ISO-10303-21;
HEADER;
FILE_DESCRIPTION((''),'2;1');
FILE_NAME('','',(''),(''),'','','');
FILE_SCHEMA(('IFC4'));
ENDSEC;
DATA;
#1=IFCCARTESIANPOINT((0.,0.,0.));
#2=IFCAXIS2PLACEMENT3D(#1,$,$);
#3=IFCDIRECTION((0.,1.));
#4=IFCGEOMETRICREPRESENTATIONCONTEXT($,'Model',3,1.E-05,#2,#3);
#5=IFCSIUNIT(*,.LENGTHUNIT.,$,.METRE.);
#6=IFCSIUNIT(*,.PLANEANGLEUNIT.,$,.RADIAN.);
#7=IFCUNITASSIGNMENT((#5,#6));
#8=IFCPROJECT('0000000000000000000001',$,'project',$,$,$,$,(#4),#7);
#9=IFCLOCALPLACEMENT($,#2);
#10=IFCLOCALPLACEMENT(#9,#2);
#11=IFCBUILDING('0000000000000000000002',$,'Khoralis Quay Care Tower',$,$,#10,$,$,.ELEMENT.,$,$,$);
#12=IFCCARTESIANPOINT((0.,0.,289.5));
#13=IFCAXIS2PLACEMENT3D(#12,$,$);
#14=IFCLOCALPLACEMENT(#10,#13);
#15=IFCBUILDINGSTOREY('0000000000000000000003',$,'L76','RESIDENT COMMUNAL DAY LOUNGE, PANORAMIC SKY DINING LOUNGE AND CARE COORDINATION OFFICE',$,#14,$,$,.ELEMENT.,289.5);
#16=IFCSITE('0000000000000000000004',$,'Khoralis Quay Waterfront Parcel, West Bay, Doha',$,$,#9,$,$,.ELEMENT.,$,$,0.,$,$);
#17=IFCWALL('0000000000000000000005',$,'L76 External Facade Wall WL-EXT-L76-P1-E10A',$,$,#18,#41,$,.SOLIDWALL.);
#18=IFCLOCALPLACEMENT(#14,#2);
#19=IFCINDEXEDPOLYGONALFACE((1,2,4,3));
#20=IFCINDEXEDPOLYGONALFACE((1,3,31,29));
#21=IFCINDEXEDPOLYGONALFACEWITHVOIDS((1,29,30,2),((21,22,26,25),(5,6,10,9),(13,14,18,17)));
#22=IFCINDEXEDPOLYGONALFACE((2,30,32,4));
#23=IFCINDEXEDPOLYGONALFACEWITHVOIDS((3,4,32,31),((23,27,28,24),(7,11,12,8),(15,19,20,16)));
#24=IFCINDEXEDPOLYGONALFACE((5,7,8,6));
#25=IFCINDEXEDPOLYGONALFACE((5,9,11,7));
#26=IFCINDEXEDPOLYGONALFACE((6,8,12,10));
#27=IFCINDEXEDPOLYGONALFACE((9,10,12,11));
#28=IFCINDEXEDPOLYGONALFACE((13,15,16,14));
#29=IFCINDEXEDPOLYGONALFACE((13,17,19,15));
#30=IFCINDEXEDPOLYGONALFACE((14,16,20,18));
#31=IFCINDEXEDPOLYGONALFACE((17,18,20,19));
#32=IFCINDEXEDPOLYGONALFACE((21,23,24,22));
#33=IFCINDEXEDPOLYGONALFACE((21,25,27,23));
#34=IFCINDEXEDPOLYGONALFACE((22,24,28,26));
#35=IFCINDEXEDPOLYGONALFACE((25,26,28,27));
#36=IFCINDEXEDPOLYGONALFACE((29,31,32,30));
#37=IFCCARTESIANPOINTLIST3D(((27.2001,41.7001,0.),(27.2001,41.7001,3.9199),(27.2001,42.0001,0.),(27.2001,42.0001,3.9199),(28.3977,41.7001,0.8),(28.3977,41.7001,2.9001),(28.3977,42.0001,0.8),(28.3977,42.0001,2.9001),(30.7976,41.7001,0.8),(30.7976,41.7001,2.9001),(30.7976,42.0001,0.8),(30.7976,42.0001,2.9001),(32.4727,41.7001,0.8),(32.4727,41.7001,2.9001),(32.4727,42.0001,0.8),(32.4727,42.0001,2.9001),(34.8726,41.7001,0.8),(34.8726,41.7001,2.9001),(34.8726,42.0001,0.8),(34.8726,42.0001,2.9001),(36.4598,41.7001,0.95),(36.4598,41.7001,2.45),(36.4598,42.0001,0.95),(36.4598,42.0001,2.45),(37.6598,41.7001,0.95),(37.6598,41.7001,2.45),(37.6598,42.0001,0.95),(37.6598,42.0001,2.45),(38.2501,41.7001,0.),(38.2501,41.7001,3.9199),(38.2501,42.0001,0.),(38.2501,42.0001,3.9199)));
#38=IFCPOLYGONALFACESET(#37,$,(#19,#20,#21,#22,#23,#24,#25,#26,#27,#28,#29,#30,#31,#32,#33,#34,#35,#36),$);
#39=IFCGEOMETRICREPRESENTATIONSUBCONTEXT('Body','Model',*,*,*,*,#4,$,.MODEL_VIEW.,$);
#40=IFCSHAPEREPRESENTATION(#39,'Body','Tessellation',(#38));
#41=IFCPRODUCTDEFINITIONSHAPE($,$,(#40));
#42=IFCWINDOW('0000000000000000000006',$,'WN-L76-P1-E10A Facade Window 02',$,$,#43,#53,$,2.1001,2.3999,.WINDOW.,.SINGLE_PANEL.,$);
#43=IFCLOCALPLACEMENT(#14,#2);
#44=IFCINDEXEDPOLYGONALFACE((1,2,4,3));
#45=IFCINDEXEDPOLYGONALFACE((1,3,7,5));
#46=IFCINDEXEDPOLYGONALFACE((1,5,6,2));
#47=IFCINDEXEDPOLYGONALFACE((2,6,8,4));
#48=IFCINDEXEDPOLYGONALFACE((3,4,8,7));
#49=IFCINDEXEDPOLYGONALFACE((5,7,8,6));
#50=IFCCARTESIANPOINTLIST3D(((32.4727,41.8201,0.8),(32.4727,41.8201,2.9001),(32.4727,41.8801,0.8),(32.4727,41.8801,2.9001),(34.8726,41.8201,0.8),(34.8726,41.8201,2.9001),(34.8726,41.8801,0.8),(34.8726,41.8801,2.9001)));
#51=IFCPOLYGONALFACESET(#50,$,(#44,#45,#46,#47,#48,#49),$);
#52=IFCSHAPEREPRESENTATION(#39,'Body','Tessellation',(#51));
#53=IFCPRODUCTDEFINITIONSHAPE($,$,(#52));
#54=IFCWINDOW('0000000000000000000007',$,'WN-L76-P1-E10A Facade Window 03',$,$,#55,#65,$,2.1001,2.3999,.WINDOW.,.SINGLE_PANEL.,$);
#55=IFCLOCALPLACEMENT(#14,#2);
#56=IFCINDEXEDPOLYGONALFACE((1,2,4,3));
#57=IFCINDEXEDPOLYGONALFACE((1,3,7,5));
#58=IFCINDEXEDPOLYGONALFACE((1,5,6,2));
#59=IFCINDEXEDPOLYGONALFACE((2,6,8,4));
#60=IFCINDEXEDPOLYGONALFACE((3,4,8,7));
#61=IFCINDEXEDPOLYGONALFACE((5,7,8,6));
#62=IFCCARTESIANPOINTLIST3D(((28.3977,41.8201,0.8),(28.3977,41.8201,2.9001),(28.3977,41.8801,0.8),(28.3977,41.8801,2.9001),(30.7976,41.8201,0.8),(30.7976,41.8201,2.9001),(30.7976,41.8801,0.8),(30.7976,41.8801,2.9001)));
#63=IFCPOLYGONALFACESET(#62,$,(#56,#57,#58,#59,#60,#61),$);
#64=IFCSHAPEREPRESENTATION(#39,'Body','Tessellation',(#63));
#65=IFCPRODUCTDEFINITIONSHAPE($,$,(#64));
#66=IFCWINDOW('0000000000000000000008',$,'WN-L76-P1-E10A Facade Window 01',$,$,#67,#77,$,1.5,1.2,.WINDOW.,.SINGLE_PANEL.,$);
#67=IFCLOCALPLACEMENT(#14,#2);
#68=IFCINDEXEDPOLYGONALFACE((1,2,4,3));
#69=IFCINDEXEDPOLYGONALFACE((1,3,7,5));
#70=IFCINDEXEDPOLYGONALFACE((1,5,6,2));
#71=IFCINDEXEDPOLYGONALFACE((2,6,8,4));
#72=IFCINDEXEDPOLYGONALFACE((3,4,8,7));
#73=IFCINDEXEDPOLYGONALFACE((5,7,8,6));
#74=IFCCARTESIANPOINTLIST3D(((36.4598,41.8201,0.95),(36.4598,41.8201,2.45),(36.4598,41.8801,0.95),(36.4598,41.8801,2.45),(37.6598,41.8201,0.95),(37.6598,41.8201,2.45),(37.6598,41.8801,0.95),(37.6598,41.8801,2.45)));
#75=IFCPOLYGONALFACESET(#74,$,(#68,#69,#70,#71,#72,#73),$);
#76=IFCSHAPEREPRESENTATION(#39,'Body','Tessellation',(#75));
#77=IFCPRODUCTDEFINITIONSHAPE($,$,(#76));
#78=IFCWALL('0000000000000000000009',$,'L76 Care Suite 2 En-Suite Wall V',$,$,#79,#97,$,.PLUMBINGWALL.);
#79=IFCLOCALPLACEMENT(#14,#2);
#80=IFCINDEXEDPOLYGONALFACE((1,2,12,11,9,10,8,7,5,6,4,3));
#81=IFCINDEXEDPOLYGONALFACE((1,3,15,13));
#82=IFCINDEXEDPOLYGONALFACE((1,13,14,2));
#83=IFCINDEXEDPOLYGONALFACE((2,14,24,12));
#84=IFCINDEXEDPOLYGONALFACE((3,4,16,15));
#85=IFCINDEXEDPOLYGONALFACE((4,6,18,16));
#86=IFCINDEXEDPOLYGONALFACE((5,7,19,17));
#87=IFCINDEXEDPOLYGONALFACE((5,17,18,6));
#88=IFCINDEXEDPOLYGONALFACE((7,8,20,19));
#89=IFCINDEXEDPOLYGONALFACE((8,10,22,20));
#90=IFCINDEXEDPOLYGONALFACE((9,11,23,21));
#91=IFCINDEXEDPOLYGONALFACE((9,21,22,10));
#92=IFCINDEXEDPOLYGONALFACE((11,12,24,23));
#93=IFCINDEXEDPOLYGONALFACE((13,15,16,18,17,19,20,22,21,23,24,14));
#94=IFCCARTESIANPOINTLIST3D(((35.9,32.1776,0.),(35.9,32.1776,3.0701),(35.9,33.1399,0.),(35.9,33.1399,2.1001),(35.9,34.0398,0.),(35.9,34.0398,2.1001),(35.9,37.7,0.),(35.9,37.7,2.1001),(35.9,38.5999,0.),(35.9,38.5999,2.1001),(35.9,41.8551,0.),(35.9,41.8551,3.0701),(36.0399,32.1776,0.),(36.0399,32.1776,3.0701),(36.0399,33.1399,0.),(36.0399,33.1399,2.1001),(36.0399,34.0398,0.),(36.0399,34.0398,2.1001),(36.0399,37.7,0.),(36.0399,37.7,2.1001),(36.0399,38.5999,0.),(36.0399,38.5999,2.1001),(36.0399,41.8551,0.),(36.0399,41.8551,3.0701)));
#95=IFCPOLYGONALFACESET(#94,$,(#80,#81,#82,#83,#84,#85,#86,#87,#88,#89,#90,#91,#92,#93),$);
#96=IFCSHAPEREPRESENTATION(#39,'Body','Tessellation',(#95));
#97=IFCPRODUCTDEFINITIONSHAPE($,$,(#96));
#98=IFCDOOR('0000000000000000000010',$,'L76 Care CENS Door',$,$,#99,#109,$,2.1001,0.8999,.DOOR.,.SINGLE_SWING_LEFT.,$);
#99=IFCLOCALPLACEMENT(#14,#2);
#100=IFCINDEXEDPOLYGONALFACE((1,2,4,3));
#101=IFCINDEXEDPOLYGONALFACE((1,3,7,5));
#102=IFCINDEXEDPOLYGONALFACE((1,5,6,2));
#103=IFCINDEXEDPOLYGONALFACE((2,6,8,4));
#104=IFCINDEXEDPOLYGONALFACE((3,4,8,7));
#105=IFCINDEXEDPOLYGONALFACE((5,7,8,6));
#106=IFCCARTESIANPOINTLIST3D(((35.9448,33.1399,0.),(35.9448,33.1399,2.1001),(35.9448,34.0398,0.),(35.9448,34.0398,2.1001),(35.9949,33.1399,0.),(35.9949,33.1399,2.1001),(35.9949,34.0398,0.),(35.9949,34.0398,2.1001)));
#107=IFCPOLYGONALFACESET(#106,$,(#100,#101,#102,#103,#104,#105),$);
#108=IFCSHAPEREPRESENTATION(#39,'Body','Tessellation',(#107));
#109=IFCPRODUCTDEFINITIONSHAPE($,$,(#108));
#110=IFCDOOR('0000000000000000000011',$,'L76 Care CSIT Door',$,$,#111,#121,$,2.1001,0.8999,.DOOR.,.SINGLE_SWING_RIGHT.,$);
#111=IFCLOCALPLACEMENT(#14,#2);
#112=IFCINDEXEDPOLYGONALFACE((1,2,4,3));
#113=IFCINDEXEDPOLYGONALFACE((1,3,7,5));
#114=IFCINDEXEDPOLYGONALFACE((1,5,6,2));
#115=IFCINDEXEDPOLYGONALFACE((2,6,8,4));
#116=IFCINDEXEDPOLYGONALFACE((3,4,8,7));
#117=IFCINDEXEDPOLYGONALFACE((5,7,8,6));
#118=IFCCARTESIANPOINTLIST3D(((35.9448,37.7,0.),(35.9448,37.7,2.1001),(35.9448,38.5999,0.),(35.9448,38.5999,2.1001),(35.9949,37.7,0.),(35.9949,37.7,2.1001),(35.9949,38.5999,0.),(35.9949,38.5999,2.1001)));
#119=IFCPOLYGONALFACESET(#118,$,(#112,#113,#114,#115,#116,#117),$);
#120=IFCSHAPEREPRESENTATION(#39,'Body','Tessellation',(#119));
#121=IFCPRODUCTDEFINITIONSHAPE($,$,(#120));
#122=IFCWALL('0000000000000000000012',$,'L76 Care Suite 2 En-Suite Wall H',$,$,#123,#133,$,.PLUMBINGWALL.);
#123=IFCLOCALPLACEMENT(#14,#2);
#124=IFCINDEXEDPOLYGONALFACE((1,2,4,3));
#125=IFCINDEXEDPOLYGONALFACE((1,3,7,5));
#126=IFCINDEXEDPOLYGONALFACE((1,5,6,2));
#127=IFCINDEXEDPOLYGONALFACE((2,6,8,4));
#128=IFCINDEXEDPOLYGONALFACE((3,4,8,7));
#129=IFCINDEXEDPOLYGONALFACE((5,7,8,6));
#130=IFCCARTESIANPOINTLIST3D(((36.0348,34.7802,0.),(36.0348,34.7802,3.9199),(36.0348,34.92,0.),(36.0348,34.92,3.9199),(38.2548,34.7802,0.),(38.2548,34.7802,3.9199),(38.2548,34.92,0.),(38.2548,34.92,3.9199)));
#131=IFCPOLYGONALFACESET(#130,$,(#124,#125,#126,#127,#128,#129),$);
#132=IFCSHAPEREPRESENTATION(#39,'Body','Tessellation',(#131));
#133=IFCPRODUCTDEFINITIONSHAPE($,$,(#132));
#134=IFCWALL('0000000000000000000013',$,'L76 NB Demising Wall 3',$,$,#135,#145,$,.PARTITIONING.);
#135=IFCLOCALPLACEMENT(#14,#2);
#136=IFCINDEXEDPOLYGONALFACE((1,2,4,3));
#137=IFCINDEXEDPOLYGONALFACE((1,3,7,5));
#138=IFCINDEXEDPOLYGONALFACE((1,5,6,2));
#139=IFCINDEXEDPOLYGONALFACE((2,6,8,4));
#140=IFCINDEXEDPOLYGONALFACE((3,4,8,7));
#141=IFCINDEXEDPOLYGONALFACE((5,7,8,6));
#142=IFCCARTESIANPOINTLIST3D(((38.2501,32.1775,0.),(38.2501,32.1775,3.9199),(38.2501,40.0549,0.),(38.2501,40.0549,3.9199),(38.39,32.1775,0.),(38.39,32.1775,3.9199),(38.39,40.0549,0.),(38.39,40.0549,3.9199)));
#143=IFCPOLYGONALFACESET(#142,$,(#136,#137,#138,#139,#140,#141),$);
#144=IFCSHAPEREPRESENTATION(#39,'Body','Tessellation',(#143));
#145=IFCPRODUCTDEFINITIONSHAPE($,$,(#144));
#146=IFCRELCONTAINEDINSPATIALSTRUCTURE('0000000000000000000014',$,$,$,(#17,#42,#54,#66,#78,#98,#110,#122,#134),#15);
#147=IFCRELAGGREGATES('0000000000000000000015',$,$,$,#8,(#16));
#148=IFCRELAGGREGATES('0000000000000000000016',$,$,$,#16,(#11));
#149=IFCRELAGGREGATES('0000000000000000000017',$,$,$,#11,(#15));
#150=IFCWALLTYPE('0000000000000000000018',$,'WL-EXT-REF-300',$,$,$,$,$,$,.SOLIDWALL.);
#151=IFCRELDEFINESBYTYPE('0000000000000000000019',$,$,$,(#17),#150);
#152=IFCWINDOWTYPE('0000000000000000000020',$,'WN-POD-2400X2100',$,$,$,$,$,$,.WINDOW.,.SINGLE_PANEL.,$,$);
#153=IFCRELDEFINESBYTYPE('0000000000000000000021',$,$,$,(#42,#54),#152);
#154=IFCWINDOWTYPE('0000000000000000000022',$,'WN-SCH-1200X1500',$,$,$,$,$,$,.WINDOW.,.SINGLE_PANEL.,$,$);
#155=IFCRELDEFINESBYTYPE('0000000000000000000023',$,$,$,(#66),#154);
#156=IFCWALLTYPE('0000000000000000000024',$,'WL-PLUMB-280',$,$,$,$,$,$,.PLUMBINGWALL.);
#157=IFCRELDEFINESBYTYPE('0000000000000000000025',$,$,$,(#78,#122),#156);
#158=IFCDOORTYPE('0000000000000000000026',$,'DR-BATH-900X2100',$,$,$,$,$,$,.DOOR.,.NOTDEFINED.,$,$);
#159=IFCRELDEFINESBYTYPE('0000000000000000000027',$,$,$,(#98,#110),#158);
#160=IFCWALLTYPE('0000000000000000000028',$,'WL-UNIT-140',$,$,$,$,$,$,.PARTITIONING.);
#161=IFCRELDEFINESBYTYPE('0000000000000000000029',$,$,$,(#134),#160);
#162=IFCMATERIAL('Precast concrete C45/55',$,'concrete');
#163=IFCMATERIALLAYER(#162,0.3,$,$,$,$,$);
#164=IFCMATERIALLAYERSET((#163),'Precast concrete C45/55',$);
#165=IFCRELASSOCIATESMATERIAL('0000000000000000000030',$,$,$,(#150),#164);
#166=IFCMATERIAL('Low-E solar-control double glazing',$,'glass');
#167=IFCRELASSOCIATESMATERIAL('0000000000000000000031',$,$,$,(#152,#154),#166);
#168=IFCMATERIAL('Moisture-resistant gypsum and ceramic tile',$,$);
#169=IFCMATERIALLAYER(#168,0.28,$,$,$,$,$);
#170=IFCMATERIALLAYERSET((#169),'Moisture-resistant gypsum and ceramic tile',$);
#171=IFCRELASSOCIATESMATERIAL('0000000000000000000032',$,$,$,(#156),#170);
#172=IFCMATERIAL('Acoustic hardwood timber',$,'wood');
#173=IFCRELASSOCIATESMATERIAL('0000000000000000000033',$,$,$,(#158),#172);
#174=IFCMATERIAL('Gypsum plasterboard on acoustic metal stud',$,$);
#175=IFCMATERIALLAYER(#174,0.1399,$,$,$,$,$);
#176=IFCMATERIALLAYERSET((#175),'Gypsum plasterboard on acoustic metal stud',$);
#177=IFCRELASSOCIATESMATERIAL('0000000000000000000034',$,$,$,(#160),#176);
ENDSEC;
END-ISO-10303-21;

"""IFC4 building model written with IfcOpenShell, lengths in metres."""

from ifc_helpers import new_model, si_unit, direction, frame, frame_2d, origin, place, context, subcontext, project, spatial, rectangle, extrude, source, transform, mapped, material, layer, layer_set, type_object, element, fill, save


model = new_model("IFC4")

# Units and contexts
model_context = context("Model", 3, precision=1e-05, world=origin(), true_north=direction((0.0, 1.0)))
body_context = subcontext(model_context, "Body", "Model", "MODEL_VIEW")
ifc_project = project(units=[si_unit("LENGTHUNIT", "METRE"), si_unit("PLANEANGLEUNIT", "RADIAN")], contexts=[model_context])

# Site, building, storey
site_placement = place(None, origin())
site = spatial("IfcSite", under=ifc_project, at=site_placement, Name="Khoralis Quay Waterfront Parcel, West Bay, Doha", CompositionType="ELEMENT", RefElevation=0.0)
building_placement = place(site_placement, origin())
building = spatial("IfcBuilding", under=site, at=building_placement, Name="Khoralis Quay Care Tower", CompositionType="ELEMENT")
storey_placement = place(building_placement, frame((0.0, 0.0, 289.5)))
storey = spatial("IfcBuildingStorey", under=building, at=storey_placement, Name="L76", Description="RESIDENT COMMUNAL DAY LOUNGE, PANORAMIC SKY DINING LOUNGE AND CARE COORDINATION OFFICE", CompositionType="ELEMENT", Elevation=289.5)

# Shared definitions
ifc_material_1 = material(Name="Precast concrete C45/55", Category="concrete")
ifc_layer_1 = layer(ifc_material_1, 0.3)
ifc_layer_set_1 = layer_set([ifc_layer_1], Name="Precast concrete C45/55")
wall_type_1 = type_object("IfcWallType", Name="WL-EXT-REF-300", PredefinedType="SOLIDWALL", material=ifc_layer_set_1)
ifc_material_2 = material(Name="Low-E solar-control double glazing", Category="glass")
window_type_1 = type_object("IfcWindowType", Name="WN-POD-2400X2100", PartitioningType="SINGLE_PANEL", PredefinedType="WINDOW", material=ifc_material_2)
shared_shape_1 = source(origin(), body_context, "Body", "SweptSolid", [
    extrude(rectangle(XDim=2.3999, YDim=2.1001, at=frame_2d((1.2, 1.05))), frame((0.0, 0.03, 0.0), z_axis=(0.0, -1.0, 0.0), x_axis=(1.0, 0.0, 0.0)), (0.0, 0.0, 1.0), 0.0601),
])

# Wall, openings, windows
wall_1_placement = place(storey_placement, frame((38.25, 41.8501, 0.0), z_axis=(0.0, 0.0, 1.0), x_axis=(-1.0, 0.0, 0.0)))
wall_1 = element("IfcWall", 1, at=wall_1_placement, inside=storey, type_object=wall_type_1, Name="L76 External Facade Wall WL-EXT-L76-P1-E10A", PredefinedType="SOLIDWALL", context=body_context, shape_type="SweptSolid", body=[
    extrude(rectangle(XDim=11.05, YDim=0.3, at=frame_2d((5.5249, 0.0))), origin(), (0.0, 0.0, 1.0), 3.9199),
])
opening_1_placement = place(wall_1_placement, frame((0.5901, 0.0, 0.95)))
opening_1 = element("IfcOpeningElement", 2, at=opening_1_placement, cuts=wall_1, PredefinedType="OPENING", context=body_context, shape_type="SweptSolid", body=[
    extrude(rectangle(XDim=1.2, YDim=1.5, at=frame_2d((0.6001, 0.75))), frame((0.0, 0.1602, 0.0), z_axis=(0.0, -1.0, 0.0), x_axis=(1.0, 0.0, 0.0)), (0.0, 0.0, 1.0), 0.3201),
])
opening_2_placement = place(wall_1_placement, frame((3.3774, 0.0, 0.8)))
opening_2 = element("IfcOpeningElement", 3, at=opening_2_placement, cuts=wall_1, PredefinedType="OPENING", context=body_context, shape_type="SweptSolid", body=[
    extrude(rectangle(XDim=2.3999, YDim=2.1001, at=frame_2d((1.2, 1.05))), frame((0.0, 0.1602, 0.0), z_axis=(0.0, -1.0, 0.0), x_axis=(1.0, 0.0, 0.0)), (0.0, 0.0, 1.0), 0.3201),
])
opening_3_placement = place(wall_1_placement, frame((7.4524, 0.0, 0.8)))
opening_3 = element("IfcOpeningElement", 4, at=opening_3_placement, cuts=wall_1, PredefinedType="OPENING", context=body_context, shape_type="SweptSolid", body=[
    extrude(rectangle(XDim=2.3999, YDim=2.1001, at=frame_2d((1.2, 1.05))), frame((0.0, 0.1602, 0.0), z_axis=(0.0, -1.0, 0.0), x_axis=(1.0, 0.0, 0.0)), (0.0, 0.0, 1.0), 0.3201),
])
window_1_placement = place(opening_2_placement, origin())
window_1 = element("IfcWindow", 5, at=window_1_placement, inside=storey, type_object=window_type_1, Name="WN-L76-P1-E10A Facade Window 02", OverallHeight=2.1001, OverallWidth=2.3999, PartitioningType="SINGLE_PANEL", PredefinedType="WINDOW", context=body_context, shape_type="MappedRepresentation", body=[
    mapped(shared_shape_1, transform((0.0, 0.0, 0.0), scale=1.0)),
])
fill(opening_2, window_1)
window_2_placement = place(opening_3_placement, origin())
window_2 = element("IfcWindow", 6, at=window_2_placement, inside=storey, type_object=window_type_1, Name="WN-L76-P1-E10A Facade Window 03", OverallHeight=2.1001, OverallWidth=2.3999, PartitioningType="SINGLE_PANEL", PredefinedType="WINDOW", context=body_context, shape_type="MappedRepresentation", body=[
    mapped(shared_shape_1, transform((0.0, 0.0, 0.0), scale=1.0)),
])
fill(opening_3, window_2)
window_type_2 = type_object("IfcWindowType", Name="WN-SCH-1200X1500", PartitioningType="SINGLE_PANEL", PredefinedType="WINDOW", material=ifc_material_2)
shared_shape_2 = source(origin(), body_context, "Body", "SweptSolid", [
    extrude(rectangle(XDim=1.2, YDim=1.5, at=frame_2d((0.6001, 0.75))), frame((0.0, 0.03, 0.0), z_axis=(0.0, -1.0, 0.0), x_axis=(1.0, 0.0, 0.0)), (0.0, 0.0, 1.0), 0.0601),
])
window_3_placement = place(opening_1_placement, origin())
window_3 = element("IfcWindow", 7, at=window_3_placement, inside=storey, type_object=window_type_2, Name="WN-L76-P1-E10A Facade Window 01", OverallHeight=1.5, OverallWidth=1.2, PartitioningType="SINGLE_PANEL", PredefinedType="WINDOW", context=body_context, shape_type="MappedRepresentation", body=[
    mapped(shared_shape_2, transform((0.0, 0.0, 0.0), scale=1.0)),
])
fill(opening_1, window_3)

# Wall, openings, doors
ifc_material_3 = material(Name="Moisture-resistant gypsum and ceramic tile")
ifc_layer_2 = layer(ifc_material_3, 0.28)
ifc_layer_set_2 = layer_set([ifc_layer_2], Name="Moisture-resistant gypsum and ceramic tile")
wall_type_2 = type_object("IfcWallType", Name="WL-PLUMB-280", PredefinedType="PLUMBINGWALL", material=ifc_layer_set_2)
wall_2_placement = place(storey_placement, frame((35.97, 32.1775, 0.0), z_axis=(0.0, 0.0, 1.0), x_axis=(0.0, 1.0, 0.0)))
wall_2 = element("IfcWall", 8, at=wall_2_placement, inside=storey, type_object=wall_type_2, Name="L76 Care Suite 2 En-Suite Wall V", PredefinedType="PLUMBINGWALL", context=body_context, shape_type="SweptSolid", body=[
    extrude(rectangle(XDim=9.6775, YDim=0.1399, at=frame_2d((4.8389, 0.0))), origin(), (0.0, 0.0, 1.0), 3.0701),
])
opening_4_placement = place(wall_2_placement, frame((0.9624, 0.0, 0.0)))
opening_4 = element("IfcOpeningElement", 9, at=opening_4_placement, cuts=wall_2, PredefinedType="OPENING", context=body_context, shape_type="SweptSolid", body=[
    extrude(rectangle(XDim=0.8999, YDim=2.1001, at=frame_2d((0.45, 1.05))), frame((0.0, 0.0801, 0.0), z_axis=(0.0, -1.0, 0.0), x_axis=(1.0, 0.0, 0.0)), (0.0, 0.0, 1.0), 0.1599),
])
opening_5_placement = place(wall_2_placement, frame((5.5225, 0.0, 0.0)))
opening_5 = element("IfcOpeningElement", 10, at=opening_5_placement, cuts=wall_2, PredefinedType="OPENING", context=body_context, shape_type="SweptSolid", body=[
    extrude(rectangle(XDim=0.8999, YDim=2.1001, at=frame_2d((0.45, 1.05))), frame((0.0, 0.0801, 0.0), z_axis=(0.0, -1.0, 0.0), x_axis=(1.0, 0.0, 0.0)), (0.0, 0.0, 1.0), 0.1599),
])
ifc_material_4 = material(Name="Acoustic hardwood timber", Category="wood")
door_type = type_object("IfcDoorType", Name="DR-BATH-900X2100", OperationType="NOTDEFINED", PredefinedType="DOOR", material=ifc_material_4)
shared_shape_3 = source(origin(), body_context, "Body", "SweptSolid", [
    extrude(rectangle(XDim=0.8999, YDim=2.1001, at=frame_2d((0.45, 1.05))), frame((0.0, 0.0249, 0.0), z_axis=(0.0, -1.0, 0.0), x_axis=(1.0, 0.0, 0.0)), (0.0, 0.0, 1.0), 0.05),
])
door_1_placement = place(opening_4_placement, frame((0.8999, 0.0, 0.0), z_axis=(0.0, 0.0, 1.0), x_axis=(-1.0, 0.0, 0.0)))
door_1 = element("IfcDoor", 11, at=door_1_placement, inside=storey, type_object=door_type, Name="L76 Care CENS Door", OperationType="SINGLE_SWING_LEFT", OverallHeight=2.1001, OverallWidth=0.8999, PredefinedType="DOOR", context=body_context, shape_type="MappedRepresentation", body=[
    mapped(shared_shape_3, transform((0.0, 0.0, 0.0), scale=1.0)),
])
fill(opening_4, door_1)
door_2_placement = place(opening_5_placement, frame((0.8999, 0.0, 0.0), z_axis=(0.0, 0.0, 1.0), x_axis=(-1.0, 0.0, 0.0)))
door_2 = element("IfcDoor", 12, at=door_2_placement, inside=storey, type_object=door_type, Name="L76 Care CSIT Door", OperationType="SINGLE_SWING_RIGHT", OverallHeight=2.1001, OverallWidth=0.8999, PredefinedType="DOOR", context=body_context, shape_type="MappedRepresentation", body=[
    mapped(shared_shape_3, transform((0.0, 0.0, 0.0), scale=1.0)),
])
fill(opening_5, door_2)

# Walls
wall_3_placement = place(storey_placement, frame((36.0349, 34.8501, 0.0), z_axis=(0.0, 0.0, 1.0), x_axis=(1.0, 0.0, 0.0)))
element("IfcWall", 13, at=wall_3_placement, inside=storey, type_object=wall_type_2, Name="L76 Care Suite 2 En-Suite Wall H", PredefinedType="PLUMBINGWALL", context=body_context, shape_type="SweptSolid", body=[
    extrude(rectangle(XDim=2.22, YDim=0.1399, at=frame_2d((1.1099, 0.0))), origin(), (0.0, 0.0, 1.0), 3.9199),
])
ifc_material_5 = material(Name="Gypsum plasterboard on acoustic metal stud")
ifc_layer_3 = layer(ifc_material_5, 0.1399)
ifc_layer_set_3 = layer_set([ifc_layer_3], Name="Gypsum plasterboard on acoustic metal stud")
wall_type_3 = type_object("IfcWallType", Name="WL-UNIT-140", PredefinedType="PARTITIONING", material=ifc_layer_set_3)
wall_4_placement = place(storey_placement, frame((38.3201, 32.1775, 0.0), z_axis=(0.0, 0.0, 1.0), x_axis=(0.0, 1.0, 0.0)))
element("IfcWall", 14, at=wall_4_placement, inside=storey, type_object=wall_type_3, Name="L76 NB Demising Wall 3", PredefinedType="PARTITIONING", context=body_context, shape_type="SweptSolid", body=[
    extrude(rectangle(XDim=7.8774, YDim=0.1399, at=frame_2d((3.9387, 0.0))), origin(), (0.0, 0.0, 1.0), 3.9199),
])

save(model, "model.ifc")
